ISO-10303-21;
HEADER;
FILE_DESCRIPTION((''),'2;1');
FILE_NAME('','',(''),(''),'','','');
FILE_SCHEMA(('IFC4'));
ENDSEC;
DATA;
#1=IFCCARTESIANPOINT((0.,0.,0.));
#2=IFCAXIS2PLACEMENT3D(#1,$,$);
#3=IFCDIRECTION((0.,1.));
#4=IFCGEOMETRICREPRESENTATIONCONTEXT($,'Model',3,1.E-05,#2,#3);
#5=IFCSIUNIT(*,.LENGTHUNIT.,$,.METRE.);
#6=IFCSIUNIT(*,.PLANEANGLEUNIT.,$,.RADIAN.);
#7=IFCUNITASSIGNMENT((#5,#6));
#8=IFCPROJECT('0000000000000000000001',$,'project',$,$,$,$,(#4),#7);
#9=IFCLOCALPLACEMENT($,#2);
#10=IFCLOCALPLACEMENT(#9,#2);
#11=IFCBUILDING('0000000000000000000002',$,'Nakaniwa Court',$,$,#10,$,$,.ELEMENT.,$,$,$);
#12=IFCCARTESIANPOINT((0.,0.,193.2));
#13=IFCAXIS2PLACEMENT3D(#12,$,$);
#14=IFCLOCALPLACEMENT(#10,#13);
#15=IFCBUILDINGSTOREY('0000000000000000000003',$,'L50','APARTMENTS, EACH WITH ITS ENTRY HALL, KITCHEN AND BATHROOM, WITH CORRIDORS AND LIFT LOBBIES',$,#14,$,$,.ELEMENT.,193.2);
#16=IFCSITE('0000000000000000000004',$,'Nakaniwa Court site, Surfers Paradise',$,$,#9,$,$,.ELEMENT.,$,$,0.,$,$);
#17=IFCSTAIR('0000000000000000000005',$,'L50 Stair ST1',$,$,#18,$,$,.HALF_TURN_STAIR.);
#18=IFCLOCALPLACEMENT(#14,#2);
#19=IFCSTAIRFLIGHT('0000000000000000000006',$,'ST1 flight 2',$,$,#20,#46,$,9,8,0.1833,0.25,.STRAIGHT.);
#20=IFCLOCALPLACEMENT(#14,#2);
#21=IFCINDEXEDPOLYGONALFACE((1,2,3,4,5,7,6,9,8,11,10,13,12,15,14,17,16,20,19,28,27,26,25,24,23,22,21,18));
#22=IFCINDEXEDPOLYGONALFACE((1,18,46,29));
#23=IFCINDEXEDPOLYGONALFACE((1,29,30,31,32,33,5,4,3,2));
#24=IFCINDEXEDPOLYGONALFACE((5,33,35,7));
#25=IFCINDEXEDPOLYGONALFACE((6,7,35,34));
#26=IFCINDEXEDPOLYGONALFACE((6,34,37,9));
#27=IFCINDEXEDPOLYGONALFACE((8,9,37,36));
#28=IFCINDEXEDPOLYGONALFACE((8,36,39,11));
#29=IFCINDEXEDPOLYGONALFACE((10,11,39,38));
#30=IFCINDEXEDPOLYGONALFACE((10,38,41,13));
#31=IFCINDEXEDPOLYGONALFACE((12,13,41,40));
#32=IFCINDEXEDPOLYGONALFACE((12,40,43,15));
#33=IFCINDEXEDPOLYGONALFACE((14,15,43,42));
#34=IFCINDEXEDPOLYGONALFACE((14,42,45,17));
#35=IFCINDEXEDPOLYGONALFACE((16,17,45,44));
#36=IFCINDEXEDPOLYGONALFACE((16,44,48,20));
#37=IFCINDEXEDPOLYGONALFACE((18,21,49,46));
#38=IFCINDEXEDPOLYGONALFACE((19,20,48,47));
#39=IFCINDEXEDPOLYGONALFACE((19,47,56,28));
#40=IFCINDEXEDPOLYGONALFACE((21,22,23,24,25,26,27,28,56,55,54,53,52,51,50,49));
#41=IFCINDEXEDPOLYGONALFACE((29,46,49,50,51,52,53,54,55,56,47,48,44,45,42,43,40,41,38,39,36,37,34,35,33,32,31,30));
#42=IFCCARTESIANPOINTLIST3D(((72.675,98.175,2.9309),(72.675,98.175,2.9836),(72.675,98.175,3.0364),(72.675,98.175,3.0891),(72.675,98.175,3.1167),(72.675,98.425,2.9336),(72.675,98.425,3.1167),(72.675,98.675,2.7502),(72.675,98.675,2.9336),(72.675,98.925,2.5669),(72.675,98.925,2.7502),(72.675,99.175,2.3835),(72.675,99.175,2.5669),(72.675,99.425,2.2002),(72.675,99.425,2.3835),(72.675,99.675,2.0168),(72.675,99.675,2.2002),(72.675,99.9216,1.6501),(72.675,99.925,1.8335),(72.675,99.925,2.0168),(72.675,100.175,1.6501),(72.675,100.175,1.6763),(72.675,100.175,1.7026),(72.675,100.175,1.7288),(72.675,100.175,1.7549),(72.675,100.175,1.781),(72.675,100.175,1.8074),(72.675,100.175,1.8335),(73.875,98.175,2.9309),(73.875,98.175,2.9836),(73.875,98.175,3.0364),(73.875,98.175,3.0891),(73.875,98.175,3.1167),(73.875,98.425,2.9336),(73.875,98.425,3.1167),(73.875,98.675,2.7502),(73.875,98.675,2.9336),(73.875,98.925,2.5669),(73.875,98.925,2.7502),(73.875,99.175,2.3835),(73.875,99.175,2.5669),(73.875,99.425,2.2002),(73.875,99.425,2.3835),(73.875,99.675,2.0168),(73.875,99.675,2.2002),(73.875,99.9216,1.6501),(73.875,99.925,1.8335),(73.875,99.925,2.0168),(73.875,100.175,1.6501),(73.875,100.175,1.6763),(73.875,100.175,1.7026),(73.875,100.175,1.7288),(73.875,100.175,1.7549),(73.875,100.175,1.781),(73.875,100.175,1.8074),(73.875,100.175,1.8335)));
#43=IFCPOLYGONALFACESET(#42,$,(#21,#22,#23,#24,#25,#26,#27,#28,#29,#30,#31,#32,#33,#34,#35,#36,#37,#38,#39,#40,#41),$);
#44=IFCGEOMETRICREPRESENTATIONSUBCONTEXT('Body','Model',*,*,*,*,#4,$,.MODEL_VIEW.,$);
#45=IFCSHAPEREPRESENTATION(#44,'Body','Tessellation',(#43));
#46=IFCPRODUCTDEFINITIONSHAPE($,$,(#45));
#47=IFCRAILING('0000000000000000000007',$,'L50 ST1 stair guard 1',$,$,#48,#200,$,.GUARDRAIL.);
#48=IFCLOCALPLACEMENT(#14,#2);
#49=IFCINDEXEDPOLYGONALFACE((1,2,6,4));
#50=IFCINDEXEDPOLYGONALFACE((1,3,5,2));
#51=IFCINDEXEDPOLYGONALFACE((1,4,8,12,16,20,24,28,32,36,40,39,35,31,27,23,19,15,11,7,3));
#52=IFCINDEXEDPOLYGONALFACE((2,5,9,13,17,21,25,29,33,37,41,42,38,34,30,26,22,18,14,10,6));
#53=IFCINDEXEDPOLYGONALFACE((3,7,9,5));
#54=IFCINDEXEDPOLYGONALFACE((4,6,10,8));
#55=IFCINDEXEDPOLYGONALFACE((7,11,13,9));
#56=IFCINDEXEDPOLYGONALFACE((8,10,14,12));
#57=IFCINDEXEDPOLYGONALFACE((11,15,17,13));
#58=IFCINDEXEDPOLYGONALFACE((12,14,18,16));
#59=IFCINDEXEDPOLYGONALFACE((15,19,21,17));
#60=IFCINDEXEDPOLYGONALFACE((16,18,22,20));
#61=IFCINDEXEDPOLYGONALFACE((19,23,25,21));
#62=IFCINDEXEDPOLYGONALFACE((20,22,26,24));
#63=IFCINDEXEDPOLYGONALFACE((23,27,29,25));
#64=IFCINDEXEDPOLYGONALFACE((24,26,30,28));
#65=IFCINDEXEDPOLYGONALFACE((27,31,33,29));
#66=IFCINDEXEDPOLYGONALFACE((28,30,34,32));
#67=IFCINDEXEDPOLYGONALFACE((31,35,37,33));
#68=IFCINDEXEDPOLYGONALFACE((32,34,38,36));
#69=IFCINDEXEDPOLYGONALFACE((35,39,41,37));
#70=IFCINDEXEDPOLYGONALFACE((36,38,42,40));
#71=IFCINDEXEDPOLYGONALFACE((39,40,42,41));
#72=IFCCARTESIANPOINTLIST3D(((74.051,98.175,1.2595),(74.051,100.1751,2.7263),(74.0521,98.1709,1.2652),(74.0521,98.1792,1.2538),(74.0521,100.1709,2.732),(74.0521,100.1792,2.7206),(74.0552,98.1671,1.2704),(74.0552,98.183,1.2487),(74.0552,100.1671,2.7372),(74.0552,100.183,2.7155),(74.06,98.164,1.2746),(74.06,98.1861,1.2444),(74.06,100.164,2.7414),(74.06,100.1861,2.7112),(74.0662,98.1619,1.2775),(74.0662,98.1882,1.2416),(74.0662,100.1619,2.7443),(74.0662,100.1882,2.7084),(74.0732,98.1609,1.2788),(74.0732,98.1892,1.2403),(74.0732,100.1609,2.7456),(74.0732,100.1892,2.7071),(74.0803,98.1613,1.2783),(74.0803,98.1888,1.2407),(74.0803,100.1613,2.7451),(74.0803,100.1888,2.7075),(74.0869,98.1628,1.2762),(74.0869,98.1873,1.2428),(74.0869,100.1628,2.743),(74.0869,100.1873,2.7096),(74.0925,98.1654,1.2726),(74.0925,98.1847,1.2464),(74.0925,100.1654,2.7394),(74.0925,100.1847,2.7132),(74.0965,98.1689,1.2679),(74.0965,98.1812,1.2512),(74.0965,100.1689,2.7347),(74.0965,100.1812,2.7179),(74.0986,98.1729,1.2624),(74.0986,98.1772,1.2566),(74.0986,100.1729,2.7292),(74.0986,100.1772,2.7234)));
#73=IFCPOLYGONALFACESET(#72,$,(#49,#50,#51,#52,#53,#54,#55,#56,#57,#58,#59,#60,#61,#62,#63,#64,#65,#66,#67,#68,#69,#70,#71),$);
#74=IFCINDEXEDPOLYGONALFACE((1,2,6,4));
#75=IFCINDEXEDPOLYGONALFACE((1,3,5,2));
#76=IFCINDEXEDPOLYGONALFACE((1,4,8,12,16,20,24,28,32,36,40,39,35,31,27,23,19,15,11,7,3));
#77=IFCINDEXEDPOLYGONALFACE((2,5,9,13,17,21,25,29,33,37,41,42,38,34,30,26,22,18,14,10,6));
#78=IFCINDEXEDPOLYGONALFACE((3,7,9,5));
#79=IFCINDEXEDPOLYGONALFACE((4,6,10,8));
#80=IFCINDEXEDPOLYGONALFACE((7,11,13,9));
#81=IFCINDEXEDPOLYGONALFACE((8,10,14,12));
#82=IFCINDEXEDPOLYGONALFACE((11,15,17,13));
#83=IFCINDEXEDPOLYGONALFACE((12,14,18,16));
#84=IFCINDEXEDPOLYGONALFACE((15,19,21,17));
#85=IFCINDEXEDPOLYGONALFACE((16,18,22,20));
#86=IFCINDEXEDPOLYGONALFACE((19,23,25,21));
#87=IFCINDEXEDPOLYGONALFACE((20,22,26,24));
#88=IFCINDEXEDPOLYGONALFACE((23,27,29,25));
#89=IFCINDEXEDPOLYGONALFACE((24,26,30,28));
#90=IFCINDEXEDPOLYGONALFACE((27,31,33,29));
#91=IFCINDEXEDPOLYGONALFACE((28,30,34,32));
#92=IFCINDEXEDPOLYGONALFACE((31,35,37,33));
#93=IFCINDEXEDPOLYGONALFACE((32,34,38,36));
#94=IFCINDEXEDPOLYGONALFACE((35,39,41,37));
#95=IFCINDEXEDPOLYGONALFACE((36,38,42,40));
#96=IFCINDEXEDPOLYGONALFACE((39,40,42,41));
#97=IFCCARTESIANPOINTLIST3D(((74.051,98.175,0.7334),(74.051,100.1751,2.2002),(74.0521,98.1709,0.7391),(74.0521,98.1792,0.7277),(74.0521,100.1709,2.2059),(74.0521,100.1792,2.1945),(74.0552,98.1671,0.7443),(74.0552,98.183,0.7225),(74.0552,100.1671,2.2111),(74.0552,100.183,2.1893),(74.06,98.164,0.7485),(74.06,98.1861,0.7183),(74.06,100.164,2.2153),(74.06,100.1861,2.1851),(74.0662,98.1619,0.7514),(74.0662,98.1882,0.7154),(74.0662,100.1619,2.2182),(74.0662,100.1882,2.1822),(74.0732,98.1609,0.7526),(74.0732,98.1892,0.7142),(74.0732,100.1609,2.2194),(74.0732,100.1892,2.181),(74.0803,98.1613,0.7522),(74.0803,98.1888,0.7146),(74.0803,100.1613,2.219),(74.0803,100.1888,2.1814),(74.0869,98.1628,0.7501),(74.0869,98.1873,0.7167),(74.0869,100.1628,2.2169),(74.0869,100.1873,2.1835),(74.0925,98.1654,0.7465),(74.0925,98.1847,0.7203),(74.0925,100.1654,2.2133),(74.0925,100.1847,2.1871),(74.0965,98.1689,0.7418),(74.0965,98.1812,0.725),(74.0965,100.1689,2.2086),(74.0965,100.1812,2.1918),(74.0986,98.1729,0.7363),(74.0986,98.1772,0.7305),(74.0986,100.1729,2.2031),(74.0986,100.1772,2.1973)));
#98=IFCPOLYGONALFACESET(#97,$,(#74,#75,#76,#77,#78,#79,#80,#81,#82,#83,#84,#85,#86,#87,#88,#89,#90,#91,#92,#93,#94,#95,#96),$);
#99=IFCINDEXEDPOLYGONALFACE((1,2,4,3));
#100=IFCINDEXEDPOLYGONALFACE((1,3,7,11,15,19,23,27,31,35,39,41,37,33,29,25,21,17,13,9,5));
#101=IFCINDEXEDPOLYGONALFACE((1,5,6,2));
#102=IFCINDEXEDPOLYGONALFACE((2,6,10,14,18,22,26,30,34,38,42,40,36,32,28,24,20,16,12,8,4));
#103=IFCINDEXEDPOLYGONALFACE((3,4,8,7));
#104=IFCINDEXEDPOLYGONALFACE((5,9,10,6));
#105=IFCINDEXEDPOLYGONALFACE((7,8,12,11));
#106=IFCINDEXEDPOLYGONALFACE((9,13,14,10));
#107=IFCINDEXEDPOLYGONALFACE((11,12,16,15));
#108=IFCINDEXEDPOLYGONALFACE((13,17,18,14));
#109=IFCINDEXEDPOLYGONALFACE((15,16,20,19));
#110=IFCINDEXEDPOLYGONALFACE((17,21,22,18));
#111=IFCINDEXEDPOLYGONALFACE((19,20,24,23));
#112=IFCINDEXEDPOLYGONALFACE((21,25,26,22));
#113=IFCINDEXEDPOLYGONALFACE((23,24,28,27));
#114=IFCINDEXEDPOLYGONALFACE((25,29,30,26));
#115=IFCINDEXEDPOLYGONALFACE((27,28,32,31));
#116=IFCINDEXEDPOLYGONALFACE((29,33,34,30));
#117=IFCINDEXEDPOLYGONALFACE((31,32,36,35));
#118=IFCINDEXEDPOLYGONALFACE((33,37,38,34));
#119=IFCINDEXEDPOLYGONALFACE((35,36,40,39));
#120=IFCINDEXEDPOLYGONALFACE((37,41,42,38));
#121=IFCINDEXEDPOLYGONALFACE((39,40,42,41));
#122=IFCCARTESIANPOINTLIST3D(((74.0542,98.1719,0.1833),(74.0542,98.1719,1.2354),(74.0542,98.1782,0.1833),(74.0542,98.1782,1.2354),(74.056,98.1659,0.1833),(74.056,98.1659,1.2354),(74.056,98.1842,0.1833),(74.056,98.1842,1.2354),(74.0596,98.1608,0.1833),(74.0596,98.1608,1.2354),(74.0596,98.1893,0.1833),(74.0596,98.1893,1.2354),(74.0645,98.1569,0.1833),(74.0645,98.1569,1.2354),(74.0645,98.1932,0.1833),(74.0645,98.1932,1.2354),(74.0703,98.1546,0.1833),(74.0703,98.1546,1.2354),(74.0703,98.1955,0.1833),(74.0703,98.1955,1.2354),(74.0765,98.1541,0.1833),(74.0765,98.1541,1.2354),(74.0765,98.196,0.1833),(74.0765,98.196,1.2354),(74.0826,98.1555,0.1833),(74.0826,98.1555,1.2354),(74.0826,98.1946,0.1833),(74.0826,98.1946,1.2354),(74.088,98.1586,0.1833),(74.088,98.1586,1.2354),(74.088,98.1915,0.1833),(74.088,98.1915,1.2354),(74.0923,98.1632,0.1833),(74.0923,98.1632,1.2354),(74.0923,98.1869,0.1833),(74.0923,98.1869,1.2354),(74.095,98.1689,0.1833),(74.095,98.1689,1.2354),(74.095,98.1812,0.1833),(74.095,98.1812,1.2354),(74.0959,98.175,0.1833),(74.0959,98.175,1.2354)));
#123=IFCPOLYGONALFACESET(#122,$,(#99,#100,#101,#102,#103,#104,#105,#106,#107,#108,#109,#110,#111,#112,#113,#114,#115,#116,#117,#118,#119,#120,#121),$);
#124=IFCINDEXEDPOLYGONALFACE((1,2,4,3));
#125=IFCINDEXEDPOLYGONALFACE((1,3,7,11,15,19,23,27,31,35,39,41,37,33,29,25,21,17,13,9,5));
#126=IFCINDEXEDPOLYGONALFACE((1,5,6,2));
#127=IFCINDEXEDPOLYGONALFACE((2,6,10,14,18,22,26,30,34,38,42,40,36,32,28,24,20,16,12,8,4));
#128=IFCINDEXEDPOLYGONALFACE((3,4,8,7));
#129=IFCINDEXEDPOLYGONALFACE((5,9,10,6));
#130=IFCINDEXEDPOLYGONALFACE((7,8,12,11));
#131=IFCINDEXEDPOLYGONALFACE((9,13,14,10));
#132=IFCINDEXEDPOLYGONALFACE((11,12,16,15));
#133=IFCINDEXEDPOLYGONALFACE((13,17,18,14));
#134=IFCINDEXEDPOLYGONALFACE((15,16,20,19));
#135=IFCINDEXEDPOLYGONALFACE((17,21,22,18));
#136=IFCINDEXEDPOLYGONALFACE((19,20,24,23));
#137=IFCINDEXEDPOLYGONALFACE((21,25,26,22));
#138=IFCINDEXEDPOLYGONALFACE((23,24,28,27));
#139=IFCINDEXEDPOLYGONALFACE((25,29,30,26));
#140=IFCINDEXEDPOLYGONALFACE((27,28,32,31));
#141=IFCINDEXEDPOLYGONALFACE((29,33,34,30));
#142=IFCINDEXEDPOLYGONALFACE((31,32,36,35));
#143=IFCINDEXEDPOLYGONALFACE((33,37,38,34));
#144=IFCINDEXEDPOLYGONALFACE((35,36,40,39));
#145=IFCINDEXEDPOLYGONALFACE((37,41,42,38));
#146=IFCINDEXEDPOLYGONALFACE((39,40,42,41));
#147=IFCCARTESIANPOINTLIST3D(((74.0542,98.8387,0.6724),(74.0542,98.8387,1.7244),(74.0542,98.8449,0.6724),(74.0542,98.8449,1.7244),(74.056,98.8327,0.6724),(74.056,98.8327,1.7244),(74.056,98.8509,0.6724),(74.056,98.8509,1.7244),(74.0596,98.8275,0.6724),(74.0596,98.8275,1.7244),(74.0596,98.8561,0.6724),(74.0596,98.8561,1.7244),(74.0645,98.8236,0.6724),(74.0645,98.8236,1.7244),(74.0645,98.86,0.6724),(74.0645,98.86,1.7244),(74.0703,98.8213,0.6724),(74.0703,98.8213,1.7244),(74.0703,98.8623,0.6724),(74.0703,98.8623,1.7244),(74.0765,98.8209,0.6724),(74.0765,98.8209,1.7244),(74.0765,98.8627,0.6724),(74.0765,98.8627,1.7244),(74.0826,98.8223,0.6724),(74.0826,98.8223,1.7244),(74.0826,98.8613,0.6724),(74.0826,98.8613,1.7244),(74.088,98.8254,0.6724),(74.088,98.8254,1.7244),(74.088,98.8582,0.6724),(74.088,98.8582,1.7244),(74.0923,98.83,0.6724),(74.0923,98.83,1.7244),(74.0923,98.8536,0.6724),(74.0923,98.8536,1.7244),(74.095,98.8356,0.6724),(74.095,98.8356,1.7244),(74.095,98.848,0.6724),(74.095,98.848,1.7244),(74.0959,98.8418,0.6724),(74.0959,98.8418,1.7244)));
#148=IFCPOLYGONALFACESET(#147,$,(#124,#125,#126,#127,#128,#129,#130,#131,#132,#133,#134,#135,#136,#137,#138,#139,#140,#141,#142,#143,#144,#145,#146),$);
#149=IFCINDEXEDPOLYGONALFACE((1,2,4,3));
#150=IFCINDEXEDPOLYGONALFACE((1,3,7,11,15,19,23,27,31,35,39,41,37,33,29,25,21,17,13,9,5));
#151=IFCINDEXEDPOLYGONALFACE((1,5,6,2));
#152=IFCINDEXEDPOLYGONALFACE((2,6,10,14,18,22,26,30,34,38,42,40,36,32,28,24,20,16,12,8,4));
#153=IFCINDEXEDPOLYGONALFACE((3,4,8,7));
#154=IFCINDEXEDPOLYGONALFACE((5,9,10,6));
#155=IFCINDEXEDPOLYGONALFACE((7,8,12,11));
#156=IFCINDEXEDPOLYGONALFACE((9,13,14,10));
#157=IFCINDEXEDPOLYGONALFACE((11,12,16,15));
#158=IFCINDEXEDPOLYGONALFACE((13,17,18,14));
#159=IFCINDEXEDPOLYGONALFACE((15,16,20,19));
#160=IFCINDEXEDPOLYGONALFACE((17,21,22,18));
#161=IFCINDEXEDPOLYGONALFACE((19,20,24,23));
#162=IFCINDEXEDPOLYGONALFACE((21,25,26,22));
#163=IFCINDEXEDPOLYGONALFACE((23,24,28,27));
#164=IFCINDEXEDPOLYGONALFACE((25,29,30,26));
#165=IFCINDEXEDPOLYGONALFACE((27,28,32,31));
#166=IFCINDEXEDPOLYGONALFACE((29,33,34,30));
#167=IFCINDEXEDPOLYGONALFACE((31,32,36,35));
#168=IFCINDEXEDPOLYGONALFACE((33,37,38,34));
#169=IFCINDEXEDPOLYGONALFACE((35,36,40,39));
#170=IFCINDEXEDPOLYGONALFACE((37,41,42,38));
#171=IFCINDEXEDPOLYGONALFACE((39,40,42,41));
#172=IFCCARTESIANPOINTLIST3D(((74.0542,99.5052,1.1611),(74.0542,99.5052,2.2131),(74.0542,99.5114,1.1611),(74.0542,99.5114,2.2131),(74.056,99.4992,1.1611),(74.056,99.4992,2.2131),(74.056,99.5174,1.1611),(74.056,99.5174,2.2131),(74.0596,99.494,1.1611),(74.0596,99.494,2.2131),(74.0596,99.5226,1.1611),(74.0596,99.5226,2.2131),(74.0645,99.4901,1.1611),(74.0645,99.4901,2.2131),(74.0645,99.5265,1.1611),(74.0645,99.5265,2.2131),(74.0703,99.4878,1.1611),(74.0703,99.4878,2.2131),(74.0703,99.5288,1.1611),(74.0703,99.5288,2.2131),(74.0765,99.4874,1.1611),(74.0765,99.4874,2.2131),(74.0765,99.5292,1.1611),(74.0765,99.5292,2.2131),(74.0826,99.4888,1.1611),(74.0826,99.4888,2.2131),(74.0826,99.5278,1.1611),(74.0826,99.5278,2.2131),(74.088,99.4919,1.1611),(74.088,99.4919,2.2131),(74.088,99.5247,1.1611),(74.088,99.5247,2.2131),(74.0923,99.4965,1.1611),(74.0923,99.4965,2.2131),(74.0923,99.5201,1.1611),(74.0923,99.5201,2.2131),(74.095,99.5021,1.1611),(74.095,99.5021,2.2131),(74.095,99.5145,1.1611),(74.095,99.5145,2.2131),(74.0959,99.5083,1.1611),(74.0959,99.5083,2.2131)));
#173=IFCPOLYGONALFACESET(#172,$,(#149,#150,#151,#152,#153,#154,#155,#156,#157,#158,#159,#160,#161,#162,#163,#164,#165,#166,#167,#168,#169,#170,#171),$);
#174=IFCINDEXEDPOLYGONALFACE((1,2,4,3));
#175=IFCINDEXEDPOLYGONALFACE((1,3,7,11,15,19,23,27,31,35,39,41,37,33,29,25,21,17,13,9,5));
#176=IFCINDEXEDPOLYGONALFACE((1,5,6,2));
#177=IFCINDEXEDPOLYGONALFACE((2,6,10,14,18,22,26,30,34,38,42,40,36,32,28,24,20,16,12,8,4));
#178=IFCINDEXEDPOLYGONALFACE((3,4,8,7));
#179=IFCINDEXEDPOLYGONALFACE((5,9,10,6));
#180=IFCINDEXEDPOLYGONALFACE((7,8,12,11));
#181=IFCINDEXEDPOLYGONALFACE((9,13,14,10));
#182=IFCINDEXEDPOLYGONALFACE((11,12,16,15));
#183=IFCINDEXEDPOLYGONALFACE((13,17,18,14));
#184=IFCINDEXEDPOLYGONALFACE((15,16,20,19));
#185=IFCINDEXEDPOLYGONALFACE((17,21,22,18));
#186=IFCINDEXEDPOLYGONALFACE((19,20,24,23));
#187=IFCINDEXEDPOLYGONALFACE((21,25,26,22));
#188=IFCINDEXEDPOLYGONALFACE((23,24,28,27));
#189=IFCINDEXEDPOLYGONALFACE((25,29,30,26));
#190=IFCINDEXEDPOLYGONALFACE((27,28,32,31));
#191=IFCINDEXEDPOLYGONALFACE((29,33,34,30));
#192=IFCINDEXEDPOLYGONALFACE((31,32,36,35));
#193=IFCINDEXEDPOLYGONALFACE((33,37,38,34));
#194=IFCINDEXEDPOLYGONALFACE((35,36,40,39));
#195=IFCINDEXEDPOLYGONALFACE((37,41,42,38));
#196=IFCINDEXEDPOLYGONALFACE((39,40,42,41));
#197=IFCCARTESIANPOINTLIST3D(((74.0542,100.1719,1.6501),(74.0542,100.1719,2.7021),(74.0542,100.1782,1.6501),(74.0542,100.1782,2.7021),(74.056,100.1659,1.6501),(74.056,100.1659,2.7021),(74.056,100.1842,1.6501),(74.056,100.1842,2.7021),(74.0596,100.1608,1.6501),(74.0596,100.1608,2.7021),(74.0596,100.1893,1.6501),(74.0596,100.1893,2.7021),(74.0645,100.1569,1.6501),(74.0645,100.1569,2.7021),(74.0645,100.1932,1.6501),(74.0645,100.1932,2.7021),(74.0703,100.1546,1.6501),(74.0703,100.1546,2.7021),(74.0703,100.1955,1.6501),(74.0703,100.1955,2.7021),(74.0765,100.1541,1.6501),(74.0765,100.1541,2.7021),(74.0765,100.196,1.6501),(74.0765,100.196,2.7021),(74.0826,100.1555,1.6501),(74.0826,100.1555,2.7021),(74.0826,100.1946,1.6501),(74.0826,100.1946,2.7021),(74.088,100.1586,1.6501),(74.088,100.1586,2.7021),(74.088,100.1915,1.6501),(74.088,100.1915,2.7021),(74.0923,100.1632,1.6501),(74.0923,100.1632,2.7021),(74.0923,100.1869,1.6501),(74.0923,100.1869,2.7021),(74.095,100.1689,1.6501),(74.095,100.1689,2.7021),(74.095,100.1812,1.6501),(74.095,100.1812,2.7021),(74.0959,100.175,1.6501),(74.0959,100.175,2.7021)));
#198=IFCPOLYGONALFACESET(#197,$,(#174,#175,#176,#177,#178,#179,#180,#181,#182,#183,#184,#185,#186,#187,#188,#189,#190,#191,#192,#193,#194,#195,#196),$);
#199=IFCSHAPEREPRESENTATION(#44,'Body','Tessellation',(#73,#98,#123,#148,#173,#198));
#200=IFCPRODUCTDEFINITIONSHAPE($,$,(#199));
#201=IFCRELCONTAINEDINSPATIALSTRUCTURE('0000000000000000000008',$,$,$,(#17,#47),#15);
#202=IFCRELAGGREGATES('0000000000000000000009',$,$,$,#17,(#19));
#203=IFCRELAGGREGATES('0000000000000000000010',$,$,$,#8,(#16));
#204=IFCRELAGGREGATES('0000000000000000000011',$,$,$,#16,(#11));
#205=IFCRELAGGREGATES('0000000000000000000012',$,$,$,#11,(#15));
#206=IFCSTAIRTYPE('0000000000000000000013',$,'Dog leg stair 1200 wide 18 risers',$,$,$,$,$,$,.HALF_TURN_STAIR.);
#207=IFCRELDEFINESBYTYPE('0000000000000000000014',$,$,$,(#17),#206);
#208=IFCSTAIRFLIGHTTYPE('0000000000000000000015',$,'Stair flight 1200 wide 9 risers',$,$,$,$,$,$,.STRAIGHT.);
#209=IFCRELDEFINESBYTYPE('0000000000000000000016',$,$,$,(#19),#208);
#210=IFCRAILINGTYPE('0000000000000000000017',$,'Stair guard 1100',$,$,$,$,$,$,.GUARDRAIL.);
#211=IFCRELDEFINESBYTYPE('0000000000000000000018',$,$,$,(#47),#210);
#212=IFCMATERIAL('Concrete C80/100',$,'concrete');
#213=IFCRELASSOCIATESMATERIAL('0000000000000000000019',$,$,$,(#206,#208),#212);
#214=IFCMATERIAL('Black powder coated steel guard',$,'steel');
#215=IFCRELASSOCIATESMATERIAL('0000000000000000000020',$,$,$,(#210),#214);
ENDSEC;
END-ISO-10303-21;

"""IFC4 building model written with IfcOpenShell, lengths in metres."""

from ifc_helpers import new_model, si_unit, direction, frame, origin, origin_2d, place, context, subcontext, project, spatial, polyline, circle, outline, extrude, material, type_object, element, aggregate, save


model = new_model("IFC4")

# Units and contexts
model_context = context("Model", 3, precision=1e-05, world=origin(), true_north=direction((0.0, 1.0)))
body_context = subcontext(model_context, "Body", "Model", "MODEL_VIEW")
ifc_project = project(units=[si_unit("LENGTHUNIT", "METRE"), si_unit("PLANEANGLEUNIT", "RADIAN")], contexts=[model_context])

# Site, building, storey
site_placement = place(None, origin())
site = spatial("IfcSite", under=ifc_project, at=site_placement, Name="Nakaniwa Court site, Surfers Paradise", CompositionType="ELEMENT", RefElevation=0.0)
building_placement = place(site_placement, origin())
building = spatial("IfcBuilding", under=site, at=building_placement, Name="Nakaniwa Court", CompositionType="ELEMENT")
storey_placement = place(building_placement, frame((0.0, 0.0, 193.2)))
storey = spatial("IfcBuildingStorey", under=building, at=storey_placement, Name="L50", Description="APARTMENTS, EACH WITH ITS ENTRY HALL, KITCHEN AND BATHROOM, WITH CORRIDORS AND LIFT LOBBIES", CompositionType="ELEMENT", Elevation=193.2)

# Shared definitions
ifc_material_1 = material(Name="Concrete C80/100", Category="concrete")

# Stair, stair flight
stair_type = type_object("IfcStairType", Name="Dog leg stair 1200 wide 18 risers", PredefinedType="HALF_TURN_STAIR", material=ifc_material_1)
stair_placement = place(storey_placement, origin())
stair = element("IfcStair", 1, at=stair_placement, inside=storey, type_object=stair_type, Name="L50 Stair ST1", PredefinedType="HALF_TURN_STAIR")
stair_flight_type = type_object("IfcStairFlightType", Name="Stair flight 1200 wide 9 risers", PredefinedType="STRAIGHT", material=ifc_material_1)
stair_flight_1_placement = place(storey_placement, frame((73.2749, 100.175, 1.6501), z_axis=(0.0, 0.0, 1.0), x_axis=(0.0, -1.0, 0.0)))
stair_flight_1 = element("IfcStairFlight", 2, at=stair_flight_1_placement, type_object=stair_flight_type, Name="ST1 flight 2", NumberOfRisers=9, NumberOfTreads=8, PredefinedType="STRAIGHT", RiserHeight=0.1833, TreadLength=0.25, context=body_context, shape_type="SweptSolid", body=[
    extrude(outline(polyline([(0.0, 0.0), (0.0, 0.0261), (0.0, 0.0525), (0.0, 0.0786), (0.0, 0.1047), (0.0, 0.1309), (0.0, 0.1572), (0.0, 0.1833), (0.25, 0.1833), (0.25, 0.3667), (0.5, 0.3667), (0.5, 0.55), (0.75, 0.55), (0.75, 0.7334), (1.0, 0.7334), (1.0, 0.9167), (1.25, 0.9167), (1.25, 1.1001), (1.5, 1.1001), (1.5, 1.2834), (1.75, 1.2834), (1.75, 1.4666), (2.0, 1.4666), (2.0, 1.6499), (2.0, 1.5972), (2.0, 1.5444), (2.0, 1.4917), (2.0, 1.439), (2.0, 1.3862), (2.0, 1.3335), (2.0, 1.2808), (0.2534, 0.0), (0.0, 0.0)])), frame((0.0, 0.6001, 0.0), z_axis=(0.0, -1.0, 0.0), x_axis=(1.0, 0.0, 0.0)), (0.0, 0.0, 1.0), 1.2),
])
aggregate(stair, [stair_flight_1])

# Railing
ifc_material_2 = material(Name="Black powder coated steel guard", Category="steel")
railing_type_1 = type_object("IfcRailingType", Name="Stair guard 1100", PredefinedType="GUARDRAIL", material=ifc_material_2)
railing_1_placement = place(storey_placement, frame((74.075, 98.175, 0.1833)))
element("IfcRailing", 3, at=railing_1_placement, inside=storey, type_object=railing_type_1, Name="L50 ST1 stair guard 1", PredefinedType="GUARDRAIL", context=body_context, shape_type="SweptSolid", body=[
    extrude(circle(Radius=0.0239, at=origin_2d()), frame((0.0, 0.0, 1.0762), z_axis=(0.0, 0.80638, 0.591398), x_axis=(-1.0, 0.0, 0.0)), (0.0, 0.0, 1.0), 2.4802),
    extrude(circle(Radius=0.0239, at=origin_2d()), frame((0.0, 0.0, 0.55), z_axis=(0.0, 0.80638, 0.591398), x_axis=(-1.0, 0.0, 0.0)), (0.0, 0.0, 1.0), 2.4802),
    extrude(circle(Radius=0.021, at=origin_2d()), origin(), (0.0, 0.0, 1.0), 1.052),
    extrude(circle(Radius=0.021, at=origin_2d()), frame((0.0, 0.6667, 0.489)), (0.0, 0.0, 1.0), 1.052),
    extrude(circle(Radius=0.021, at=origin_2d()), frame((0.0, 1.3333, 0.9778)), (0.0, 0.0, 1.0), 1.052),
    extrude(circle(Radius=0.021, at=origin_2d()), frame((0.0, 2.0, 1.4668)), (0.0, 0.0, 1.0), 1.052),
])

save(model, "model.ifc")
